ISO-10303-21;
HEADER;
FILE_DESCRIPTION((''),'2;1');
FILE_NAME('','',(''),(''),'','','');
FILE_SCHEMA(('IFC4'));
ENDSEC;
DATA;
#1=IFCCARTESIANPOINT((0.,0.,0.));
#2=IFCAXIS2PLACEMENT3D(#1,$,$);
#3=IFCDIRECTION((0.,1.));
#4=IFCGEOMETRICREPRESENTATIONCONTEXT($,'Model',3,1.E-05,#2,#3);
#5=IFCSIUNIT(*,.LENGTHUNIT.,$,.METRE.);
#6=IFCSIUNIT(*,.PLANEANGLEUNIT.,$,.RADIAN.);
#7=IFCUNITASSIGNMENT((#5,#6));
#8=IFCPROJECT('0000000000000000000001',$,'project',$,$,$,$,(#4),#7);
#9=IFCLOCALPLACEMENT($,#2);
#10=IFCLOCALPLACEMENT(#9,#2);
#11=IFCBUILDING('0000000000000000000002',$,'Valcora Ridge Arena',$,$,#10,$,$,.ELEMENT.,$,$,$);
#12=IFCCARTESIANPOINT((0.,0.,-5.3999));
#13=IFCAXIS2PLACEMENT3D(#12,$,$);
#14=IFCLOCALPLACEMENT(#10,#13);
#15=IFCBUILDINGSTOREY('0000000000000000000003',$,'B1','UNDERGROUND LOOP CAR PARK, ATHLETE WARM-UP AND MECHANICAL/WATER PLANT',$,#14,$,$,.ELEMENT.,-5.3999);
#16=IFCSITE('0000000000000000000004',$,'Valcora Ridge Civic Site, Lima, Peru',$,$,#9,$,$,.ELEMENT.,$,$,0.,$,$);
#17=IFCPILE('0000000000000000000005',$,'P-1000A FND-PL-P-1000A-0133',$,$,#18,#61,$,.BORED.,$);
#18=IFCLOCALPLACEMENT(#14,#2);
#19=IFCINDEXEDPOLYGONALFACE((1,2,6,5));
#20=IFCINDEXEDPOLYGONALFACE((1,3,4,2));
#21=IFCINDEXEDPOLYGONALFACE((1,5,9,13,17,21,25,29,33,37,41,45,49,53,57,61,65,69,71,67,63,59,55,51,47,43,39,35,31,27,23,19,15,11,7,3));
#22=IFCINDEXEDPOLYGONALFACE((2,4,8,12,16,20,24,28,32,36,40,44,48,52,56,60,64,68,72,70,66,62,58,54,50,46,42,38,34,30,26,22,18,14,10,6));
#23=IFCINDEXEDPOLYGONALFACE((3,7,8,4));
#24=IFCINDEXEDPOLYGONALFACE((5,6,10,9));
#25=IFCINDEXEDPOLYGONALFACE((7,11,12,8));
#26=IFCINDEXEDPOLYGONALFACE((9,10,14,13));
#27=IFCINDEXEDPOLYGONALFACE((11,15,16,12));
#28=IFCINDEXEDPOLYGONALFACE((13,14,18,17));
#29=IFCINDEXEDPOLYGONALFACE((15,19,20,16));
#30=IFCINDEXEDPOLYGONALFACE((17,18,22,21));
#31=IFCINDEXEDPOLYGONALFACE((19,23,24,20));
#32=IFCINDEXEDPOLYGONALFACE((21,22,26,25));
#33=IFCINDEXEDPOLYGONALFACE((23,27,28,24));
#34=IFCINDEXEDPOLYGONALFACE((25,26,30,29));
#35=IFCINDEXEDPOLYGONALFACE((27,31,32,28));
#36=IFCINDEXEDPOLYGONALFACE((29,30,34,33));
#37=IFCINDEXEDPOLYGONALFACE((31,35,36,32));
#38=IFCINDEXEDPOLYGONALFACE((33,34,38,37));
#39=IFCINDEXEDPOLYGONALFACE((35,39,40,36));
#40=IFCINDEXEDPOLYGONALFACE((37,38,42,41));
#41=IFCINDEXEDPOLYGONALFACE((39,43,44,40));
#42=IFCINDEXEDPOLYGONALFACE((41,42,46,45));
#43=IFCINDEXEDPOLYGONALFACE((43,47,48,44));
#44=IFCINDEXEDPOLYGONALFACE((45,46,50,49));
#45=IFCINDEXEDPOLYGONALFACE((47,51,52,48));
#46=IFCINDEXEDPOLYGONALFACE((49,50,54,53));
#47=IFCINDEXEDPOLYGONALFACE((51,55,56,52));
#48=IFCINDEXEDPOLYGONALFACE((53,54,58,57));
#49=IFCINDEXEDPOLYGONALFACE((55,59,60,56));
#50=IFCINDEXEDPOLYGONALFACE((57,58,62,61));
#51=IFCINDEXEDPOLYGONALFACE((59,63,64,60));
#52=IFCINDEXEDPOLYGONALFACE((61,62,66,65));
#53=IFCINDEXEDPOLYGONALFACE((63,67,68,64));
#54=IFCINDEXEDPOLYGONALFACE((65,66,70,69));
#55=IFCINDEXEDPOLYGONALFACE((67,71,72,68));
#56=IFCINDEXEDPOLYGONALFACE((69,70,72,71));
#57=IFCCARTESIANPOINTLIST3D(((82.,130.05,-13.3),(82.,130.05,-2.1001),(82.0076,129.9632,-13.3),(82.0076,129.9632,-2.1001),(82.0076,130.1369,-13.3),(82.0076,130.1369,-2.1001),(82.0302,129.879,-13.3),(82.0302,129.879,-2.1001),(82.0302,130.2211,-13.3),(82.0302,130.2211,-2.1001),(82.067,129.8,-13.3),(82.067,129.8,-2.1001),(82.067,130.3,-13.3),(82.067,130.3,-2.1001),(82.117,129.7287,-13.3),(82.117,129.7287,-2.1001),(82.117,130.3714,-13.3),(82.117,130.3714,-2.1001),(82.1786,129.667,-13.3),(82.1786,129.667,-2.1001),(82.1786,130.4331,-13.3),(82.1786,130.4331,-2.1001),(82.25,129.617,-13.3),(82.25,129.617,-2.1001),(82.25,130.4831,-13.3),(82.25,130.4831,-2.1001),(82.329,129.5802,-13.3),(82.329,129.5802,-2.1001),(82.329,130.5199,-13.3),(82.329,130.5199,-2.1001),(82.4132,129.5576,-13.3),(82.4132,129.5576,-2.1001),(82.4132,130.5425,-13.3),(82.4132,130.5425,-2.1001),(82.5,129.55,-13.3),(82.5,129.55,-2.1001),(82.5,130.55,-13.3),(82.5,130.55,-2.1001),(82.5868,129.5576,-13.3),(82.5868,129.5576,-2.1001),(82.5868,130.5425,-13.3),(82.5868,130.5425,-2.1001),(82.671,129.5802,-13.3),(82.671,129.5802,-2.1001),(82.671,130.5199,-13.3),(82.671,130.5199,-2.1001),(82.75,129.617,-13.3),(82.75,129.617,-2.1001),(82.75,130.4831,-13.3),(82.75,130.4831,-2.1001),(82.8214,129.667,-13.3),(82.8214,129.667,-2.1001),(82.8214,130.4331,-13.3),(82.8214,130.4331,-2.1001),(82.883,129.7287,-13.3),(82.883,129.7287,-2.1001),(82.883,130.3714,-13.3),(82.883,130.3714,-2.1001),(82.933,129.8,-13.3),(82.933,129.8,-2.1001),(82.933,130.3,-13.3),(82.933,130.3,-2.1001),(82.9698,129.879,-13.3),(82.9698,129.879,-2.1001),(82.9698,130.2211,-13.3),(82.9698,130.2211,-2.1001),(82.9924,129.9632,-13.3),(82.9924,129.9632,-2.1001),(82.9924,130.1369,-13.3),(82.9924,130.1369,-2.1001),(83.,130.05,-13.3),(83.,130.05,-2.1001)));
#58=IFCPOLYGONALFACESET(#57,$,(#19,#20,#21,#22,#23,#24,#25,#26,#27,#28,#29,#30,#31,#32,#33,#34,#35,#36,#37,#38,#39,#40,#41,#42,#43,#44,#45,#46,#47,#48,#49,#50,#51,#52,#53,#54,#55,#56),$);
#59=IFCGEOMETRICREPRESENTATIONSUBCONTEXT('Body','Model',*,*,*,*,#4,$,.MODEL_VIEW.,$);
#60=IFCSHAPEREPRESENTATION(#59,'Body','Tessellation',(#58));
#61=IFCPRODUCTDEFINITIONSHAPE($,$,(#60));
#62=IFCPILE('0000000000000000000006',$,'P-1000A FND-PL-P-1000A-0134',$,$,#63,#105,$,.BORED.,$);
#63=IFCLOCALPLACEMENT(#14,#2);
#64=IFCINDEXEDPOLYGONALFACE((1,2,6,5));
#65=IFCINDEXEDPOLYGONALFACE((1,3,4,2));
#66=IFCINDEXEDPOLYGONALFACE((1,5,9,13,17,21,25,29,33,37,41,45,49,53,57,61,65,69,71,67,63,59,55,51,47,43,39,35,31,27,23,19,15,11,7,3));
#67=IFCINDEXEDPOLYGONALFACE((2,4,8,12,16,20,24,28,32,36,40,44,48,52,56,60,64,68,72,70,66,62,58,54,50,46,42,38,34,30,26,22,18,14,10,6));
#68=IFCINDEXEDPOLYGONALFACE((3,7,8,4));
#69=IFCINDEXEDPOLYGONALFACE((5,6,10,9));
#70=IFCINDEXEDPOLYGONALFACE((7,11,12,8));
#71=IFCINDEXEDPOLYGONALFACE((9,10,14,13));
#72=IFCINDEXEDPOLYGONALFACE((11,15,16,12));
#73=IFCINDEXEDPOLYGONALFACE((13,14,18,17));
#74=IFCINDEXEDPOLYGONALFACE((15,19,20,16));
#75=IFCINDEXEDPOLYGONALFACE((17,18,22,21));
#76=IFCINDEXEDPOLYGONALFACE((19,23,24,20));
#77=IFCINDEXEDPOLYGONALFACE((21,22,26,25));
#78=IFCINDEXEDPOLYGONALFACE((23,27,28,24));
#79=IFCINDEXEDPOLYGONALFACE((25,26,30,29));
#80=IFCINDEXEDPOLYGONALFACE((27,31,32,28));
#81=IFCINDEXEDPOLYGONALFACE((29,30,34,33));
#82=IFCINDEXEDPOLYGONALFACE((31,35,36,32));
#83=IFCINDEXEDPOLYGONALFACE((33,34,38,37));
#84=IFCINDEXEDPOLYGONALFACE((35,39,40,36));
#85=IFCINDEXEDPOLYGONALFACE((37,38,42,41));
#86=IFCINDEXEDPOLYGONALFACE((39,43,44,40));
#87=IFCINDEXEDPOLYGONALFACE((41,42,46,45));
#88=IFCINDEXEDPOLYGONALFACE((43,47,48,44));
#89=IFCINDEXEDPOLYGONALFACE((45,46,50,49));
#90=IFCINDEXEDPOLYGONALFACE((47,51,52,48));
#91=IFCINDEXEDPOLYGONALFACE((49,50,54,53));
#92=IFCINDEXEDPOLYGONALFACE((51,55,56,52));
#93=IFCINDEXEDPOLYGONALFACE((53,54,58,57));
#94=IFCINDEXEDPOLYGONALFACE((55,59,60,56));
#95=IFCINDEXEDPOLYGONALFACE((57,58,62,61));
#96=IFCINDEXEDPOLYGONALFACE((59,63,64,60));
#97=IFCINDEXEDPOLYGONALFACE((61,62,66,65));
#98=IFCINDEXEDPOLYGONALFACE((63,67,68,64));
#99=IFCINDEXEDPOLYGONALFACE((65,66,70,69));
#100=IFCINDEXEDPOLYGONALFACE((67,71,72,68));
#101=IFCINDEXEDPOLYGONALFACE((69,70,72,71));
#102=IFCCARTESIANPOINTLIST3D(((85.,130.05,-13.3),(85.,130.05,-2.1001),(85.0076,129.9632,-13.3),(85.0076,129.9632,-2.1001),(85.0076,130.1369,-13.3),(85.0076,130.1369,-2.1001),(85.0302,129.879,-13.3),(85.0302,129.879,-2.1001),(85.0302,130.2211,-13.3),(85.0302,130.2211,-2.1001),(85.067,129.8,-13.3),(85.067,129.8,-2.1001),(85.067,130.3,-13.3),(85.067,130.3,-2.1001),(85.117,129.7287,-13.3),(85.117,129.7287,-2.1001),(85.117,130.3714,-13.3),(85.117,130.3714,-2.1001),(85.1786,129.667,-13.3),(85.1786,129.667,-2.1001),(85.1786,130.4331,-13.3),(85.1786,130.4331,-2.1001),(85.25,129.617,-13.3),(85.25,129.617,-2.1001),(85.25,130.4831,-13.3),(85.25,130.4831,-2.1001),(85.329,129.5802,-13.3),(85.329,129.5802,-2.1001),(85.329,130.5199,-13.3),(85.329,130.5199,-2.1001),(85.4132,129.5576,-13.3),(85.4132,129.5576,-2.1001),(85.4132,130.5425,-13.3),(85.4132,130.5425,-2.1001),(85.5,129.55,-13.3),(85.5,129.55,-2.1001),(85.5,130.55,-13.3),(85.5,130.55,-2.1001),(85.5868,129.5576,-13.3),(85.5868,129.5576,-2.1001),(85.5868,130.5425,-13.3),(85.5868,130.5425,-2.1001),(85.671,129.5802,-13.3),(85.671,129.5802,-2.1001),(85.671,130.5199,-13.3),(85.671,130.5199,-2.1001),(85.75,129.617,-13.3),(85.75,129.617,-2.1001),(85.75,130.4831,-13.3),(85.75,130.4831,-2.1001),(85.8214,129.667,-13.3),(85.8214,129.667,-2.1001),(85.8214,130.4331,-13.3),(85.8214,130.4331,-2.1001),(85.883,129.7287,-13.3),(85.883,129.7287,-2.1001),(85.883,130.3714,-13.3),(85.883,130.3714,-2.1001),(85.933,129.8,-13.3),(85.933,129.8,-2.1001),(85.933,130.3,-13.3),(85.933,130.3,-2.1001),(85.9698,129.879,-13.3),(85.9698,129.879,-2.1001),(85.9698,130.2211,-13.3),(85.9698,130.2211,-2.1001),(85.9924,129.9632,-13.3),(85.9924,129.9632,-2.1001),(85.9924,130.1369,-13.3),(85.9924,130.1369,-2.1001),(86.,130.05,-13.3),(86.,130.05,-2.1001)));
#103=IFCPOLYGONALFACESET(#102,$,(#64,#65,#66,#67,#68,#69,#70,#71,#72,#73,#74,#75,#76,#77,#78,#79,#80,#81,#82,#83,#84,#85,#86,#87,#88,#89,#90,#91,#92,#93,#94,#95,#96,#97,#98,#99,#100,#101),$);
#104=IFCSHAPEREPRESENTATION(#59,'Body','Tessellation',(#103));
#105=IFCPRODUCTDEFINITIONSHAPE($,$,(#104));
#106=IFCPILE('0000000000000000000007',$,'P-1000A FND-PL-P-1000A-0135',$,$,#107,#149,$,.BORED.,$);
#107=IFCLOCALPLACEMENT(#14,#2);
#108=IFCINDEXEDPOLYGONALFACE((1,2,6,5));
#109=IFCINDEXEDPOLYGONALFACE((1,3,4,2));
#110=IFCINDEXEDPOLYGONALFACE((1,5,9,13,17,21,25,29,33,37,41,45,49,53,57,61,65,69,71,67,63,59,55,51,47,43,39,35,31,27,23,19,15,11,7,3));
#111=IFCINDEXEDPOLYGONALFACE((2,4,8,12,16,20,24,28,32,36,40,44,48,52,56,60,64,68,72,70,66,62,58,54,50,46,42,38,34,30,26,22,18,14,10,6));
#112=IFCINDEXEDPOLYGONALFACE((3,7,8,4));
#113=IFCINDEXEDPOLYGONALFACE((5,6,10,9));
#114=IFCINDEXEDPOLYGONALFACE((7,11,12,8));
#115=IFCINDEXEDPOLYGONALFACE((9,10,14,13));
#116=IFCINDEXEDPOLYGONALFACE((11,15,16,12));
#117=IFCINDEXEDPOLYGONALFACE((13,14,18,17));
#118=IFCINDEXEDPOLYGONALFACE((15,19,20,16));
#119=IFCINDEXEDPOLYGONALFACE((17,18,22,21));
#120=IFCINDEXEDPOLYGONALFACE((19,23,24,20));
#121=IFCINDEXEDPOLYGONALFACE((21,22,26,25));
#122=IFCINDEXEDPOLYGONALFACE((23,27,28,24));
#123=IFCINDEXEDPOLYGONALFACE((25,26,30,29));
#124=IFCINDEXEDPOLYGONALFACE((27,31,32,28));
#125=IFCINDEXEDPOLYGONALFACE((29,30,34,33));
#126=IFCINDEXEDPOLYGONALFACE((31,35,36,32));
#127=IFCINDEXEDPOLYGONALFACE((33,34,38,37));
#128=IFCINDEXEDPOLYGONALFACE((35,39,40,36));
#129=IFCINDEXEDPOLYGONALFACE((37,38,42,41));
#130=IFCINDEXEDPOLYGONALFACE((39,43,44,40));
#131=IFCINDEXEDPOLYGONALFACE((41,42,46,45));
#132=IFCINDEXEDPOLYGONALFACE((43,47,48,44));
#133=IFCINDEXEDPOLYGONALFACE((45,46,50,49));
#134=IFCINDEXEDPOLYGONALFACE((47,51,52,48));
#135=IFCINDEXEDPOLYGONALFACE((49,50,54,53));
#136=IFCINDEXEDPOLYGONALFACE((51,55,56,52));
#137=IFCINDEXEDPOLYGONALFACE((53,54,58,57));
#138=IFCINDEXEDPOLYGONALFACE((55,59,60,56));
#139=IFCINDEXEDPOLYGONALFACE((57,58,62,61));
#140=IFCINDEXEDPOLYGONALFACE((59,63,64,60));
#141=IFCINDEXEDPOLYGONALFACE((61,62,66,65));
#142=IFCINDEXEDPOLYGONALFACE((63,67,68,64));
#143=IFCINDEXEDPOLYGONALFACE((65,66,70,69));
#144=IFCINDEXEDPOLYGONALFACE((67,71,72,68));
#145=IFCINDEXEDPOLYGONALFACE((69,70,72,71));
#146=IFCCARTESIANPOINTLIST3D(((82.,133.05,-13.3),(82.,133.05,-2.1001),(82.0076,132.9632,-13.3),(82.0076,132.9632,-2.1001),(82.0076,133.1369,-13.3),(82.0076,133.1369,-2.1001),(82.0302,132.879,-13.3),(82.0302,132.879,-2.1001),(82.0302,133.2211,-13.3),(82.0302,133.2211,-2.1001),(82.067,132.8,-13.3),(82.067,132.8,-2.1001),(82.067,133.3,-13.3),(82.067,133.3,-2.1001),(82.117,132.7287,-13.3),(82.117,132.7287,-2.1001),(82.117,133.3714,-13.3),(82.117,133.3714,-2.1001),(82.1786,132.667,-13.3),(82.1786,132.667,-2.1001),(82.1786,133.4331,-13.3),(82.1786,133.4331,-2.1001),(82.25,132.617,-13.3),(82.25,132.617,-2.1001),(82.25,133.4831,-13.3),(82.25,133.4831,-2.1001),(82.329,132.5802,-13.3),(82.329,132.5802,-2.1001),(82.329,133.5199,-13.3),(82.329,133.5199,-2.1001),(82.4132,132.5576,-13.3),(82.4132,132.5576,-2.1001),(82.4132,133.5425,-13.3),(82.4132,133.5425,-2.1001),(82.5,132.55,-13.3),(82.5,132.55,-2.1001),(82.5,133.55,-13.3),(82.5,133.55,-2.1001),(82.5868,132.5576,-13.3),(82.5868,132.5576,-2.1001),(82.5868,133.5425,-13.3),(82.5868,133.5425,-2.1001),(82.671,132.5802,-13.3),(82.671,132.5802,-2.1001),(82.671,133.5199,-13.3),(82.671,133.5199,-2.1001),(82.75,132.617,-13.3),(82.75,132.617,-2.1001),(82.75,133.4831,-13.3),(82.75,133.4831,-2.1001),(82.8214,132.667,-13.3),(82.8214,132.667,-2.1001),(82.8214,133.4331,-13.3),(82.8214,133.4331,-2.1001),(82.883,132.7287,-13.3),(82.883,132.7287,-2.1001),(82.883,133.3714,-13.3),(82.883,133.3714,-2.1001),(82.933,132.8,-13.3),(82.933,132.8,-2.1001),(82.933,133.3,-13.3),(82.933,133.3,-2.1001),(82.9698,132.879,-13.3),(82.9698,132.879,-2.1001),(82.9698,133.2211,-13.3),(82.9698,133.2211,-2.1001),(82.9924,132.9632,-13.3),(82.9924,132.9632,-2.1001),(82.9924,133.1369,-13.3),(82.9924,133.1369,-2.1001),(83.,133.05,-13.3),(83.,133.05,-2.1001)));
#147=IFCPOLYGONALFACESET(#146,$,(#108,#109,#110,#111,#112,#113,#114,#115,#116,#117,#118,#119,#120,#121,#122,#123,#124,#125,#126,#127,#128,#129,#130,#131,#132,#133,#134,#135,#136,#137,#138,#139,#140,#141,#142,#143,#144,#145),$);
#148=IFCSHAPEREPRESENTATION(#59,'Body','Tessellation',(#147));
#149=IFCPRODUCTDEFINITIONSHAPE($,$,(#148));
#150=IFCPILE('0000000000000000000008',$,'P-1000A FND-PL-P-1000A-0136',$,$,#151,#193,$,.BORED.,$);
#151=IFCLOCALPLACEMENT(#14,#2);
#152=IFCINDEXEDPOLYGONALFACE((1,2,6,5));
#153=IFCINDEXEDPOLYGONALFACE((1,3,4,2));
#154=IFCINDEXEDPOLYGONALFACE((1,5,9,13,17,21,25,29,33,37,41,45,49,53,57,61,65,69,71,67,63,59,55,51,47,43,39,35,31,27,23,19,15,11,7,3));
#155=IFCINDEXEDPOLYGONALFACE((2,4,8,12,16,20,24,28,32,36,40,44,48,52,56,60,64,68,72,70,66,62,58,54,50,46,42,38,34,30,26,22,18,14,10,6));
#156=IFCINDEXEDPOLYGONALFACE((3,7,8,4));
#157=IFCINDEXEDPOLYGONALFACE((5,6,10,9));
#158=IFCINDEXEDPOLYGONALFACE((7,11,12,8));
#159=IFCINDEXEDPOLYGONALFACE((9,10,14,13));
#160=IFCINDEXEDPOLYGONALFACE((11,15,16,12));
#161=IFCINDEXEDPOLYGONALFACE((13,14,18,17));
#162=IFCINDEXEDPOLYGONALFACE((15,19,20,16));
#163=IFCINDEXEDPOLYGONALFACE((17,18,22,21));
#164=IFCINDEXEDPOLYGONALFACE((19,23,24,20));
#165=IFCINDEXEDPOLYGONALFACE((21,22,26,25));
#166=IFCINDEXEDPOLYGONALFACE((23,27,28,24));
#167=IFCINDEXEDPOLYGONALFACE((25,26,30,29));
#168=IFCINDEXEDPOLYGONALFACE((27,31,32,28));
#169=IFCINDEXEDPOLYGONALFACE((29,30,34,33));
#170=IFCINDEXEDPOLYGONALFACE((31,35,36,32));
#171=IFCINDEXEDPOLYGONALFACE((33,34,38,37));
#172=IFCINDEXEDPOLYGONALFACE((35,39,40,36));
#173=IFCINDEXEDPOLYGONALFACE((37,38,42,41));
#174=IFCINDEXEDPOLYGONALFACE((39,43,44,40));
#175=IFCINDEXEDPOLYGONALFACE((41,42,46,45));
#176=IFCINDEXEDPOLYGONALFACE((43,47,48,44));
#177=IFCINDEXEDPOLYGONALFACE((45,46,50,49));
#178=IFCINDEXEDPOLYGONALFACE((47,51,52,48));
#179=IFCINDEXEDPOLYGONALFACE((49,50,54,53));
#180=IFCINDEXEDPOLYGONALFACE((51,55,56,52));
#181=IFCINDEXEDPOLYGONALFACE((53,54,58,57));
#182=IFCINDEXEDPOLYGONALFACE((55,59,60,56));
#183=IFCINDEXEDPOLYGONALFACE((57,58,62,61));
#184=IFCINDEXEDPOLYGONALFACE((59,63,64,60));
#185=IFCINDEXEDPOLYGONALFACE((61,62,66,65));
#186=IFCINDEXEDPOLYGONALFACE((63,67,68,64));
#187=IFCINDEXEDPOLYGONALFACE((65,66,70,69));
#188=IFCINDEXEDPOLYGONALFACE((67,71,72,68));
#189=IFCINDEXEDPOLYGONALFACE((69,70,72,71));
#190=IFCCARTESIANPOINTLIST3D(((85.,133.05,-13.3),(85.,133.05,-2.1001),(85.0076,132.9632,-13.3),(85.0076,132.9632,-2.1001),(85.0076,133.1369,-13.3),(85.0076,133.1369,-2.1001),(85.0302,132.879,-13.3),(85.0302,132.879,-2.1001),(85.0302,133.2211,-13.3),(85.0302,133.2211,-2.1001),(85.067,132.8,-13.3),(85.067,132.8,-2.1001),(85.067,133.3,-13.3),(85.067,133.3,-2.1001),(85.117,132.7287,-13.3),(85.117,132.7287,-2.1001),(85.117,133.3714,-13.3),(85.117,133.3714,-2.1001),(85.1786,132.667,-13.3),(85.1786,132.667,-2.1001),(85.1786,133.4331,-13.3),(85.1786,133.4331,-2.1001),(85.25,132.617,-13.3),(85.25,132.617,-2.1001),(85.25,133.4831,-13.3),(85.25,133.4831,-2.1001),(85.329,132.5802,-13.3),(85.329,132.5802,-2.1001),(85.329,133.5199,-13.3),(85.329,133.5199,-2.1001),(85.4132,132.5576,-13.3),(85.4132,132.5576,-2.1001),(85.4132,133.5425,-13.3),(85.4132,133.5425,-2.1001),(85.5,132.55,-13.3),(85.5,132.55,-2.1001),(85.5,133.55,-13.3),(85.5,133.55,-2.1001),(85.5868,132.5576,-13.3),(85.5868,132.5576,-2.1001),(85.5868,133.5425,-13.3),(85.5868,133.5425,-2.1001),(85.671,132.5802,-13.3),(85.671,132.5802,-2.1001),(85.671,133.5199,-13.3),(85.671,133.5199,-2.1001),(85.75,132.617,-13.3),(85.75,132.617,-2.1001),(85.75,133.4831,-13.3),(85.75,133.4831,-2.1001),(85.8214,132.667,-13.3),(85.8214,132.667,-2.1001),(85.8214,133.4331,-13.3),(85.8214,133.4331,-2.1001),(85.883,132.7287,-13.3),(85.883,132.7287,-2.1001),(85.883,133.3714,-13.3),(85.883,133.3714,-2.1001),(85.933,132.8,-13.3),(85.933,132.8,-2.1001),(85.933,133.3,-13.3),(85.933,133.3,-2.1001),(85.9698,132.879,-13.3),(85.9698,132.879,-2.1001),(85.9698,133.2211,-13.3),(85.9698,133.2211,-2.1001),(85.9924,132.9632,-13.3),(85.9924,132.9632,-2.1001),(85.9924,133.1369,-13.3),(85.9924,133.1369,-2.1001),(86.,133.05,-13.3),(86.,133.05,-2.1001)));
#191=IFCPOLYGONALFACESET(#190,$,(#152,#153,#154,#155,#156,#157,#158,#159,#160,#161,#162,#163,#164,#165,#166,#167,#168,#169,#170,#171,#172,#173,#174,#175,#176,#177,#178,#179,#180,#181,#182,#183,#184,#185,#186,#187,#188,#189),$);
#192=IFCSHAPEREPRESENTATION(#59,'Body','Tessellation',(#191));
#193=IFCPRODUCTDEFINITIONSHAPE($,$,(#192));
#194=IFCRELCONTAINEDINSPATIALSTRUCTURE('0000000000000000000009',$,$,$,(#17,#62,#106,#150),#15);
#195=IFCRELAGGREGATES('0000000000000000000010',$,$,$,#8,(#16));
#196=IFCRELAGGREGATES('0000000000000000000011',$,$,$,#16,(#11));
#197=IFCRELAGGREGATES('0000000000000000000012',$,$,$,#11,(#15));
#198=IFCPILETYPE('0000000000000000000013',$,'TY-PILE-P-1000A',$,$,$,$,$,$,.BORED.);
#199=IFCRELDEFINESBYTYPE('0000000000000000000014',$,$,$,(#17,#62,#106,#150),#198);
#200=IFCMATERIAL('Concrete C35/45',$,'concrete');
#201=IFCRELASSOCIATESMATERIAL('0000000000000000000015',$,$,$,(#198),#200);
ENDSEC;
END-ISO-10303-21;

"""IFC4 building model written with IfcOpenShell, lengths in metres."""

from ifc_helpers import new_model, si_unit, direction, frame, origin, origin_2d, place, context, subcontext, project, spatial, circle, extrude, material, material_profile, profile_set, type_object, element, save


model = new_model("IFC4")

# Units and contexts
model_context = context("Model", 3, precision=1e-05, world=origin(), true_north=direction((0.0, 1.0)))
body_context = subcontext(model_context, "Body", "Model", "MODEL_VIEW")
ifc_project = project(units=[si_unit("LENGTHUNIT", "METRE"), si_unit("PLANEANGLEUNIT", "RADIAN")], contexts=[model_context])

# Site, building, storey
site_placement = place(None, origin())
site = spatial("IfcSite", under=ifc_project, at=site_placement, Name="Valcora Ridge Civic Site, Lima, Peru", CompositionType="ELEMENT", RefElevation=0.0)
building_placement = place(site_placement, origin())
building = spatial("IfcBuilding", under=site, at=building_placement, Name="Valcora Ridge Arena", CompositionType="ELEMENT")
storey_placement = place(building_placement, frame((0.0, 0.0, -5.3999)))
storey = spatial("IfcBuildingStorey", under=building, at=storey_placement, Name="B1", Description="UNDERGROUND LOOP CAR PARK, ATHLETE WARM-UP AND MECHANICAL/WATER PLANT", CompositionType="ELEMENT", Elevation=-5.3999)

# Piles
ifc_material_1 = material(Name="Concrete C35/45", Category="concrete")
ifc_material_profile_1 = material_profile(ifc_material_1, circle(Radius=0.5, at=origin_2d()), Name="BORED PILE D1000")
ifc_profile_set_1 = profile_set([ifc_material_profile_1], Name="Concrete C35/45")
pile_type_1 = type_object("IfcPileType", Name="TY-PILE-P-1000A", PredefinedType="BORED", material=ifc_profile_set_1)
for number, where, z_axis, x_axis, name in (
    (1, (82.5, 130.05, -2.1001), (0.0, 0.0, -1.0), (1.0, 0.0, 0.0), "P-1000A FND-PL-P-1000A-0133"),
    (2, (85.5, 130.05, -2.1001), (0.0, 0.0, -1.0), (1.0, 0.0, 0.0), "P-1000A FND-PL-P-1000A-0134"),
    (3, (82.5, 133.05, -2.1001), (0.0, 0.0, -1.0), (1.0, 0.0, 0.0), "P-1000A FND-PL-P-1000A-0135"),
    (4, (85.5, 133.05, -2.1001), (0.0, 0.0, -1.0), (1.0, 0.0, 0.0), "P-1000A FND-PL-P-1000A-0136"),
):
    element("IfcPile", number, at=place(storey_placement, frame(where, z_axis=z_axis, x_axis=x_axis)), inside=storey, type_object=pile_type_1, Name=name, PredefinedType="BORED", context=body_context, shape_type="SweptSolid", body=[
        extrude(circle(Radius=0.5, at=origin_2d()), origin(), (0.0, 0.0, 1.0), 11.2),
    ])

save(model, "model.ifc")
